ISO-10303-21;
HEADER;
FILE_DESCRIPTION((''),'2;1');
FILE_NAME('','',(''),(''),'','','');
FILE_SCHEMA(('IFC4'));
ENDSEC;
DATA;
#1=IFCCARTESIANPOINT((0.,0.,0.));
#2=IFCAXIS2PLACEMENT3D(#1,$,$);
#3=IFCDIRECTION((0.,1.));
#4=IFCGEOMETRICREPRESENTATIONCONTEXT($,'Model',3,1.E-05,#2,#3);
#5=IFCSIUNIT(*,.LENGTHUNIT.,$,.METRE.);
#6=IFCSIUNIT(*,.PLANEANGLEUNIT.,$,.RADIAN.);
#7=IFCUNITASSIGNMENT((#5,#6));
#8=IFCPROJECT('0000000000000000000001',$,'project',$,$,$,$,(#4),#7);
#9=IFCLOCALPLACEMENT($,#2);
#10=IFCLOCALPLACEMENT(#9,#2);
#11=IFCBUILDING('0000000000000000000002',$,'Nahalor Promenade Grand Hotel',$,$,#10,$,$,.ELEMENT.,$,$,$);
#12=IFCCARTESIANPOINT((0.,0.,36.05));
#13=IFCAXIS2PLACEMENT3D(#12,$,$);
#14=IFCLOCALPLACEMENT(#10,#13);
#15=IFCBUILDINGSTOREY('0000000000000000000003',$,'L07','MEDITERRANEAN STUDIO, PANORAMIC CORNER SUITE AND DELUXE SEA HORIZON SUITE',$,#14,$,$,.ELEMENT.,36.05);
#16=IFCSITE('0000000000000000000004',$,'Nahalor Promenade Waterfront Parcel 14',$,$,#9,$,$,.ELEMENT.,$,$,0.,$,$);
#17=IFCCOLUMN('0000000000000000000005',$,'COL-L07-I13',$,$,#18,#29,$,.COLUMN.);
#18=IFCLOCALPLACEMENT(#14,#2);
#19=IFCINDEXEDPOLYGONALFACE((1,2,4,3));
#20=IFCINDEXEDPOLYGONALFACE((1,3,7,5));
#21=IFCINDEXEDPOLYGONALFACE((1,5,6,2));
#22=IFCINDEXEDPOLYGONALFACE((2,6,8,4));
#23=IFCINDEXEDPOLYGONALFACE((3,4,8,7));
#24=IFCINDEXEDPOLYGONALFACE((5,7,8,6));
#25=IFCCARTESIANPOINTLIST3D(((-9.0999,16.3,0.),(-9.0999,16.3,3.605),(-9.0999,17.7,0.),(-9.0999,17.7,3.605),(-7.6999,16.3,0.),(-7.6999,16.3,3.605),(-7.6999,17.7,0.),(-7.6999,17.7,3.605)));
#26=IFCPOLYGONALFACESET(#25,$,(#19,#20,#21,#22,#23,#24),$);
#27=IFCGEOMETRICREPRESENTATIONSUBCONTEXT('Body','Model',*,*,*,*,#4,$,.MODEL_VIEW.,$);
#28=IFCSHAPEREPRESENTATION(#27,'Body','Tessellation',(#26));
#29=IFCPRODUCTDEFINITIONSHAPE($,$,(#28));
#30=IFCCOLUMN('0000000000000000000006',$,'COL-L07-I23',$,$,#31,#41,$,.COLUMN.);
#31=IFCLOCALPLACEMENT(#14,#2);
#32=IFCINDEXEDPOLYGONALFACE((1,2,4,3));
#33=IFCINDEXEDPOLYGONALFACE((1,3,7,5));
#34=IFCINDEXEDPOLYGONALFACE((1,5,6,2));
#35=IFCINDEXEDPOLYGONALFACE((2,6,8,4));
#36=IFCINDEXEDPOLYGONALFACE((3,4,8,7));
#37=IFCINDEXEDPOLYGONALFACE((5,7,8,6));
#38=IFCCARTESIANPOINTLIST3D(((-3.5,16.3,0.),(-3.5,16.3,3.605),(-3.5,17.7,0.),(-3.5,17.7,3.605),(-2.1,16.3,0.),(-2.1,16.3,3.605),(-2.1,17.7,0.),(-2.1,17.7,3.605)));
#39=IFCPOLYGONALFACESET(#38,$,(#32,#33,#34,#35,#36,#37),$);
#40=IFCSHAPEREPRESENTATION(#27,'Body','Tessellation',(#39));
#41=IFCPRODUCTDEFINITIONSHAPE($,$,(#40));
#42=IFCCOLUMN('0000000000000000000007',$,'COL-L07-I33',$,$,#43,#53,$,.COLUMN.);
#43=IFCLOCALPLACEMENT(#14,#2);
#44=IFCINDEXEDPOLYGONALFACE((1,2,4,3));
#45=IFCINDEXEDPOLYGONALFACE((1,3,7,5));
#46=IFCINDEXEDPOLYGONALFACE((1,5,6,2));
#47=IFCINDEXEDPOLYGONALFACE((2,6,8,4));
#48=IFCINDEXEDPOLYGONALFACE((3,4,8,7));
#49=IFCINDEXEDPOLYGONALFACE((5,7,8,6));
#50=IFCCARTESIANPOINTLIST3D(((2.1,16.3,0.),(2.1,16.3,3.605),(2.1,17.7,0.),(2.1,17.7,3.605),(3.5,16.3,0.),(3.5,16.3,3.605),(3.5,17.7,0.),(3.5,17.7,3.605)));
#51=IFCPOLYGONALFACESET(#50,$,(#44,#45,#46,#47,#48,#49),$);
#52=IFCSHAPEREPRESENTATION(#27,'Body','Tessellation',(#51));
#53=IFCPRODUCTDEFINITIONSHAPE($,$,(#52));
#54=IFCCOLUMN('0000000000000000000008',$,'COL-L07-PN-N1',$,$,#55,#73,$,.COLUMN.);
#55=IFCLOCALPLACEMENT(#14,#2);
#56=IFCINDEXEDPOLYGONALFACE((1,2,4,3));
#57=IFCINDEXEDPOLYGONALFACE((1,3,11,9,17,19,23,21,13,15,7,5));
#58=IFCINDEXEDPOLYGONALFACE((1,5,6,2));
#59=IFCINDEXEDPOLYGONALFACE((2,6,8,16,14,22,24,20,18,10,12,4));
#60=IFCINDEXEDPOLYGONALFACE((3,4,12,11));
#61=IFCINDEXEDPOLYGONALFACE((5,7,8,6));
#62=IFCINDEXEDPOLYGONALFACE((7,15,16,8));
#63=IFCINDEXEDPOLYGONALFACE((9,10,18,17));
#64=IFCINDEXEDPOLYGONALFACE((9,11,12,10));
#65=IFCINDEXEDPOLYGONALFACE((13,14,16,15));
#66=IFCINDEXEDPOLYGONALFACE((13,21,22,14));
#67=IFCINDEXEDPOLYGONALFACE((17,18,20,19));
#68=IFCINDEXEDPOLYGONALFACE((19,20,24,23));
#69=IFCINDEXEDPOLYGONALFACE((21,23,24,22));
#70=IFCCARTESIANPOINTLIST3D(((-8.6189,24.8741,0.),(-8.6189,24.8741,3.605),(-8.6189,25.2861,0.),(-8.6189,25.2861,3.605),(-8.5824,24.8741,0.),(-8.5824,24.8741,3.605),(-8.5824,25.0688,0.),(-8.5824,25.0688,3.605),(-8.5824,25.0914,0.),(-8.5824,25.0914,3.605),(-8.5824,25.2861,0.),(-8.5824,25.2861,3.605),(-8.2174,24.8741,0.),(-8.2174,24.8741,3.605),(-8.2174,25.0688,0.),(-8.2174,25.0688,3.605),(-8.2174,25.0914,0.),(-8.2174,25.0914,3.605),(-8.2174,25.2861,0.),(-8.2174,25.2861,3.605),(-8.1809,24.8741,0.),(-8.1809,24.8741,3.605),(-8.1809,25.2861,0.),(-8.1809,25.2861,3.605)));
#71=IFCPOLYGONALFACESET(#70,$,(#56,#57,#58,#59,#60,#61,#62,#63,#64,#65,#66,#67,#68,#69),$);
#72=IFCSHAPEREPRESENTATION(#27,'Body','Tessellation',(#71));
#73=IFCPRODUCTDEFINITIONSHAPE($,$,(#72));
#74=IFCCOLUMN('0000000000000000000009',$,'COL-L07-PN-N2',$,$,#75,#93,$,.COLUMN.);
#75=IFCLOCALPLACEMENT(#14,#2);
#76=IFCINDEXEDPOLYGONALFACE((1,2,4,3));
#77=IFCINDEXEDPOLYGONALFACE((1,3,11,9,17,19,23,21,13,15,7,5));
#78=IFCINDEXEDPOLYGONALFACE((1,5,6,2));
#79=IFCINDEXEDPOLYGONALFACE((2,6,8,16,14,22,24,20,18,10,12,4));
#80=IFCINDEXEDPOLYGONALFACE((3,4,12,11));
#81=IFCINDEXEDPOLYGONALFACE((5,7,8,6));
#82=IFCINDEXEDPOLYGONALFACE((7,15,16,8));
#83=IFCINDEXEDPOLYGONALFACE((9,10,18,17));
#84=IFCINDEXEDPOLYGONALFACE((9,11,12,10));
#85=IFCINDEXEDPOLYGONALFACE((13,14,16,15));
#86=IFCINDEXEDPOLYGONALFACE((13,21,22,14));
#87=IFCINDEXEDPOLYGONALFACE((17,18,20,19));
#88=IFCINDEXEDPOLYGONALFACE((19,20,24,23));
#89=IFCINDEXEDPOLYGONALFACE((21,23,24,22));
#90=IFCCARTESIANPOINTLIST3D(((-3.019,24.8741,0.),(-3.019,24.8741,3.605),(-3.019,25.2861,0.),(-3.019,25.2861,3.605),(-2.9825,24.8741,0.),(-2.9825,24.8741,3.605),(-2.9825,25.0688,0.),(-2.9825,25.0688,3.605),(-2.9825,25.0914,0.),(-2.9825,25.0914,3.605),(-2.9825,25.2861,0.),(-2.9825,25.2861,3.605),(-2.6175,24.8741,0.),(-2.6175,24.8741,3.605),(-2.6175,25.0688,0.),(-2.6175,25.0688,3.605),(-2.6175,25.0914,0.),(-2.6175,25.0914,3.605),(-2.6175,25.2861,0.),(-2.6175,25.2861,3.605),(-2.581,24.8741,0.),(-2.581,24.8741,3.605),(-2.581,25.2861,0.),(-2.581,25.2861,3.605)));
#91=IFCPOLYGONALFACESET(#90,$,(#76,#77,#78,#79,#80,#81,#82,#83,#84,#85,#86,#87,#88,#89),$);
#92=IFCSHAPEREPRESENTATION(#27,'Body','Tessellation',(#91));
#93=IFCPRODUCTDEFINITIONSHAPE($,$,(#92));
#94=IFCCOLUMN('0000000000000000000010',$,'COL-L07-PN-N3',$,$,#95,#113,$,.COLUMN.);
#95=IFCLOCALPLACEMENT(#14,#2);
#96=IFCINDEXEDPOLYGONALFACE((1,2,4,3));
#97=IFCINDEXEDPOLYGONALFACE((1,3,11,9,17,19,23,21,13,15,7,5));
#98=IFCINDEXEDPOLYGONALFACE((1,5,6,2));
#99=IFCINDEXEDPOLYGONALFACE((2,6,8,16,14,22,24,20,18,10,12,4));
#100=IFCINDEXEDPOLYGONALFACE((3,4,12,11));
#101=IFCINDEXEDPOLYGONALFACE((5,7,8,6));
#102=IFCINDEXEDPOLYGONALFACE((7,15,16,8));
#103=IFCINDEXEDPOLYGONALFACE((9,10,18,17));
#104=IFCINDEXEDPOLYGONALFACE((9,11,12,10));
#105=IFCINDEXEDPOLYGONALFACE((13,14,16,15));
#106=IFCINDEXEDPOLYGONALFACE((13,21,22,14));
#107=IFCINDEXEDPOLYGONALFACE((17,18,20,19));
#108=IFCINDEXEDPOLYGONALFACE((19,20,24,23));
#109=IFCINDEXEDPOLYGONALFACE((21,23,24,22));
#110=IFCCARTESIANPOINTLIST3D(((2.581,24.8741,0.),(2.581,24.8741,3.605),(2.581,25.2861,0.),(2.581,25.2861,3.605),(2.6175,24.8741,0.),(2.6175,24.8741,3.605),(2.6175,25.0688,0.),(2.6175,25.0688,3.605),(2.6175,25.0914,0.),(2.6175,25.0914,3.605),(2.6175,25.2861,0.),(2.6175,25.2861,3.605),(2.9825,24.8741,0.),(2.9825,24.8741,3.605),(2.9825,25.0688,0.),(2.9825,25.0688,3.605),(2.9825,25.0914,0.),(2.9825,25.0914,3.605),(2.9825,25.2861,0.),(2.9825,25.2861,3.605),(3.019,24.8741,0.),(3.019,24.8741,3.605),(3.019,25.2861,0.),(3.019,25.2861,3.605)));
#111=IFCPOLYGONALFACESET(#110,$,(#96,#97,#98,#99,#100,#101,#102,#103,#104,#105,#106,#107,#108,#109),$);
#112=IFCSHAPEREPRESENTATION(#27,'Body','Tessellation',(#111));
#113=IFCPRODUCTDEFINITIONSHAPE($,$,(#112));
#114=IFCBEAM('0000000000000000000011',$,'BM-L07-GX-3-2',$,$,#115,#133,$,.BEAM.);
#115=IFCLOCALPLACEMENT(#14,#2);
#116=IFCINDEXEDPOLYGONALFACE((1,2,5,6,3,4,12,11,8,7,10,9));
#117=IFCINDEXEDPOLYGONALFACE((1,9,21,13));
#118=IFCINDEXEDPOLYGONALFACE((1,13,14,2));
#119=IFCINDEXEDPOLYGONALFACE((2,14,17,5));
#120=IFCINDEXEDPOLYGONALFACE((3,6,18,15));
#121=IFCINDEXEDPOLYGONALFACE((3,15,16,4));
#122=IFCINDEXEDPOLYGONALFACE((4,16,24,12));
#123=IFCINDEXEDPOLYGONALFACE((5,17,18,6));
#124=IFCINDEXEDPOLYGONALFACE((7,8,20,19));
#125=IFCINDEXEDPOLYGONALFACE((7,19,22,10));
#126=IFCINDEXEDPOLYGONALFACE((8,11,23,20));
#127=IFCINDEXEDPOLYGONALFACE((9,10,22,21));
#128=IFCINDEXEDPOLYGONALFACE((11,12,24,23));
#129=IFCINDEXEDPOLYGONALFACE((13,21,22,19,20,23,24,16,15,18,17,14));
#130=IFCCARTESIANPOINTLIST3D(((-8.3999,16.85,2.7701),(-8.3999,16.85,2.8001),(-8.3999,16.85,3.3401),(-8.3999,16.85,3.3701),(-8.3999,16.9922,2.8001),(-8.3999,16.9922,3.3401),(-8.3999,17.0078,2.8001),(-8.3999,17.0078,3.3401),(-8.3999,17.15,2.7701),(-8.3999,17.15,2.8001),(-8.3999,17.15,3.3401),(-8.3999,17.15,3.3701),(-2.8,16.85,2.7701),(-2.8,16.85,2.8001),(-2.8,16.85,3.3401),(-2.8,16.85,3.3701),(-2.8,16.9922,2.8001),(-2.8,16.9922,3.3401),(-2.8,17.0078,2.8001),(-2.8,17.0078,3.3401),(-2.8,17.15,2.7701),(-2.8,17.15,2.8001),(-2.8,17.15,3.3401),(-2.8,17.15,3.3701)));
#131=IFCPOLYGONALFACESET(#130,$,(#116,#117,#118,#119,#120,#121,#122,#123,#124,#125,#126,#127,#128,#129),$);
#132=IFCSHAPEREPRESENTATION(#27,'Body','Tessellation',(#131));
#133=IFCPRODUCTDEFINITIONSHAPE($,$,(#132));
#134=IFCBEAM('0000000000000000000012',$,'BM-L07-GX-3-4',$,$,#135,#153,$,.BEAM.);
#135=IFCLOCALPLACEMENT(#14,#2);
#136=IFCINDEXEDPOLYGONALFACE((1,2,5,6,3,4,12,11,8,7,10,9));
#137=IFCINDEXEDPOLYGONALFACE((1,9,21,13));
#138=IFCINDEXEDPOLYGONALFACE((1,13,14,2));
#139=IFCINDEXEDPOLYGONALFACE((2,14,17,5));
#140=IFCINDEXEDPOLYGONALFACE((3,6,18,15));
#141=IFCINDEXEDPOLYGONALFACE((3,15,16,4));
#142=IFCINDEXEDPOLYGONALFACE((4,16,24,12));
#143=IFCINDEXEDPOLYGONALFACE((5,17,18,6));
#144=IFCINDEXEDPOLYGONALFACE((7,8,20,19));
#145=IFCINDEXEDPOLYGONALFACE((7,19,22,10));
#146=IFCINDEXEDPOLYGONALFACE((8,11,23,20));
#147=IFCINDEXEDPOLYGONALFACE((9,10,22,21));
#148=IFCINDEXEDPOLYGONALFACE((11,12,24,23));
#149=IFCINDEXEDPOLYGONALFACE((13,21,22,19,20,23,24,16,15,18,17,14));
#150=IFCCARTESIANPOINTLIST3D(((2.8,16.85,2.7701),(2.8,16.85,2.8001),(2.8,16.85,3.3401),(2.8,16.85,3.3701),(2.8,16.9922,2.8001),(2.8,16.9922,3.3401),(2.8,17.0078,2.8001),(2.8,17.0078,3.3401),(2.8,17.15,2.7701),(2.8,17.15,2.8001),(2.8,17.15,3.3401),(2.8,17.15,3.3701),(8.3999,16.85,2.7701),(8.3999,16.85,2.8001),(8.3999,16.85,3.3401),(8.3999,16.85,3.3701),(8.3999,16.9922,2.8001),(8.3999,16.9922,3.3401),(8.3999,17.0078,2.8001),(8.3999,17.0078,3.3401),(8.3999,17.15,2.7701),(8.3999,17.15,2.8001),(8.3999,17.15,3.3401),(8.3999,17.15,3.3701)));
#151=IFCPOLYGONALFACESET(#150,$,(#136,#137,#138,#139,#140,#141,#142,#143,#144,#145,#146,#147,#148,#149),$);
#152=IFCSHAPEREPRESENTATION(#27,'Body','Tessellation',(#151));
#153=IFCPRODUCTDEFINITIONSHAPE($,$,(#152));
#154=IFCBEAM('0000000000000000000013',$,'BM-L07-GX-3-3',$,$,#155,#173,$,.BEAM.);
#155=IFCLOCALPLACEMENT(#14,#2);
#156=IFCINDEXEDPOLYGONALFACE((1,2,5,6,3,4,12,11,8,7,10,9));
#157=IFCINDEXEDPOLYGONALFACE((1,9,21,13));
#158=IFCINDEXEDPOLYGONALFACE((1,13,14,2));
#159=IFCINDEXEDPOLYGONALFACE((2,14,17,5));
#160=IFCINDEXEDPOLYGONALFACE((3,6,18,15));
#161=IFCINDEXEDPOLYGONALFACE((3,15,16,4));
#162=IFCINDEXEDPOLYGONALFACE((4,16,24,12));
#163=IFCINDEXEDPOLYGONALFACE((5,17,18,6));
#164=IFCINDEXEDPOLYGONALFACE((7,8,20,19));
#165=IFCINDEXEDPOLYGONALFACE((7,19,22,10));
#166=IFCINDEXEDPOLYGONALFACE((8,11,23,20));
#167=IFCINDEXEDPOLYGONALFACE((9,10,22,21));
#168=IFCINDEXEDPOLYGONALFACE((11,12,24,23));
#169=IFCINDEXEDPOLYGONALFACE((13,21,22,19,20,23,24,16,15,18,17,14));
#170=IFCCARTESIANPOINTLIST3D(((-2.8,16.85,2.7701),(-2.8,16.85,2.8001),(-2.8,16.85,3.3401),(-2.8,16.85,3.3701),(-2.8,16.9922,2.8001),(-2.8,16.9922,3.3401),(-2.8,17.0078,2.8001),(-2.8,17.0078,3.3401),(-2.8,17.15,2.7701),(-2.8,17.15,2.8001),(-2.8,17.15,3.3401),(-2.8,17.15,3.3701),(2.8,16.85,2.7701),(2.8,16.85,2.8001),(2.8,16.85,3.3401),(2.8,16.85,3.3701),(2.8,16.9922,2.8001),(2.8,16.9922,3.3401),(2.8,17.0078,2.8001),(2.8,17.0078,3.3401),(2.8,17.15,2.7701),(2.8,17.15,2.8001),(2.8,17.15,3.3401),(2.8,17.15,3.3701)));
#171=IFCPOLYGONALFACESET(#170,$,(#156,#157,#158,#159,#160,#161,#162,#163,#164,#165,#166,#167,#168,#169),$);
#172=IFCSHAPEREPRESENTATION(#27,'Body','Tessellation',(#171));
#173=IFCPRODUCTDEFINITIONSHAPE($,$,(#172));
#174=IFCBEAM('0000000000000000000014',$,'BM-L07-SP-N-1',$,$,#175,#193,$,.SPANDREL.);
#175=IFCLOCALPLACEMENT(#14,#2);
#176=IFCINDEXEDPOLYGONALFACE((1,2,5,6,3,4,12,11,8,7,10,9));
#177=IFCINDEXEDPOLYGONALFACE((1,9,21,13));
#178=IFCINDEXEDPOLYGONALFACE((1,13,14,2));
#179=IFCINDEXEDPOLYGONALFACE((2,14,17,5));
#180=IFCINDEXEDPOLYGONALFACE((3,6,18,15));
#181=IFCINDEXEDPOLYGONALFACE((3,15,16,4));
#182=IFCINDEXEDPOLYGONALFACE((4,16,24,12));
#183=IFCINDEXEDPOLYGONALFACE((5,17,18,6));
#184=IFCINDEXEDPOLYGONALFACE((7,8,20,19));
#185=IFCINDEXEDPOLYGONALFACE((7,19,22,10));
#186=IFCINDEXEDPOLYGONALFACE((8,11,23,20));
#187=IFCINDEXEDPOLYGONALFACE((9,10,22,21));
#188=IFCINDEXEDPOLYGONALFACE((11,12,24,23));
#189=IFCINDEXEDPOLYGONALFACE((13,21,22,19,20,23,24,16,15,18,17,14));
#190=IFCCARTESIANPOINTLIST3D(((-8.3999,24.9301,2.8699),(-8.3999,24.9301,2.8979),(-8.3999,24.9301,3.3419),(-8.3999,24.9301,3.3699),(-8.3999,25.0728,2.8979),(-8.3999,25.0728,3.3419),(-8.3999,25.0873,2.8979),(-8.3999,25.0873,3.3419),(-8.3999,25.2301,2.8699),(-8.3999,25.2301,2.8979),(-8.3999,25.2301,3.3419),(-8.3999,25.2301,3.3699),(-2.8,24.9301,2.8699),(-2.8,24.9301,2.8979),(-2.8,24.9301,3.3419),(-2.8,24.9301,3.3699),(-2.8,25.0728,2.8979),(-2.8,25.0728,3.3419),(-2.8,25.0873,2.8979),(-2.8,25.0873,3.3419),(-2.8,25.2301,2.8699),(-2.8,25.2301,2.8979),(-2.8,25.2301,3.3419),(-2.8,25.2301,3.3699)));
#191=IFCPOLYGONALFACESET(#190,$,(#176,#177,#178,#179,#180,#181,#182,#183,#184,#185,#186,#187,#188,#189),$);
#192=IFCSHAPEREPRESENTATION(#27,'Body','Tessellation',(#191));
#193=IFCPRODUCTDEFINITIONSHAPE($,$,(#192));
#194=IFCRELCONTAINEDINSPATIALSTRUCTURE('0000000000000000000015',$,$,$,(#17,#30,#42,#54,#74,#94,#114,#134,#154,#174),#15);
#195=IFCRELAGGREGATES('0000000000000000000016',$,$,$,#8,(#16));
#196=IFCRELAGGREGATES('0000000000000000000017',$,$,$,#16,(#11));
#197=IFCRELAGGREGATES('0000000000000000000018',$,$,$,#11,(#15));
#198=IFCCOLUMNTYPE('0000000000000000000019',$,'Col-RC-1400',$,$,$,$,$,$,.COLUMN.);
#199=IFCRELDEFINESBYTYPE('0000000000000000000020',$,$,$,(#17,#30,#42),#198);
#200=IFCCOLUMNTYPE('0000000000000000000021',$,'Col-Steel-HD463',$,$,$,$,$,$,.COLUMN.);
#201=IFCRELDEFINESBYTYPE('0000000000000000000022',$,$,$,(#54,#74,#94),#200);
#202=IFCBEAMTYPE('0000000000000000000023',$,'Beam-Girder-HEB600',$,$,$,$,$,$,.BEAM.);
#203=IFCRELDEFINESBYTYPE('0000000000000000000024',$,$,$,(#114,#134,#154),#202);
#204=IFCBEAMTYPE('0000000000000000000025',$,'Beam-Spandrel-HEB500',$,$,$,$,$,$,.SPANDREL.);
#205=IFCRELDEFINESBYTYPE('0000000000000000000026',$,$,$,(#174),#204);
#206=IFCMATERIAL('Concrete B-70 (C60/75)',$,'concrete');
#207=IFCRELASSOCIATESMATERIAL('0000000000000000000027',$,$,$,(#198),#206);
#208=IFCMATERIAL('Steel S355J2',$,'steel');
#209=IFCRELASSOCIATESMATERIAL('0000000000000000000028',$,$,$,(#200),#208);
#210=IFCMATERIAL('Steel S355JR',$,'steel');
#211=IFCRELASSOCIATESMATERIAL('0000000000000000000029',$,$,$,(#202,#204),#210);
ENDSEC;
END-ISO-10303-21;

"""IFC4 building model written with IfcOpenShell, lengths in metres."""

from ifc_helpers import new_model, si_unit, direction, frame, origin, origin_2d, place, context, subcontext, project, spatial, rectangle, i_section, extrude, source, transform, mapped, material, material_profile, profile_set, type_object, element, save


model = new_model("IFC4")

# Units and contexts
model_context = context("Model", 3, precision=1e-05, world=origin(), true_north=direction((0.0, 1.0)))
body_context = subcontext(model_context, "Body", "Model", "MODEL_VIEW")
ifc_project = project(units=[si_unit("LENGTHUNIT", "METRE"), si_unit("PLANEANGLEUNIT", "RADIAN")], contexts=[model_context])

# Site, building, storey
site_placement = place(None, origin())
site = spatial("IfcSite", under=ifc_project, at=site_placement, Name="Nahalor Promenade Waterfront Parcel 14", CompositionType="ELEMENT", RefElevation=0.0)
building_placement = place(site_placement, origin())
building = spatial("IfcBuilding", under=site, at=building_placement, Name="Nahalor Promenade Grand Hotel", CompositionType="ELEMENT")
storey_placement = place(building_placement, frame((0.0, 0.0, 36.05)))
storey = spatial("IfcBuildingStorey", under=building, at=storey_placement, Name="L07", Description="MEDITERRANEAN STUDIO, PANORAMIC CORNER SUITE AND DELUXE SEA HORIZON SUITE", CompositionType="ELEMENT", Elevation=36.05)

# Columns
ifc_material_1 = material(Name="Concrete B-70 (C60/75)", Category="concrete")
ifc_material_profile_1 = material_profile(ifc_material_1, rectangle(XDim=1.4, YDim=1.4, at=origin_2d()), Name="RC 1400x1400")
ifc_profile_set_1 = profile_set([ifc_material_profile_1], Name="Concrete B-70 (C60/75)")
column_type_1 = type_object("IfcColumnType", Name="Col-RC-1400", PredefinedType="COLUMN", material=ifc_profile_set_1)
shared_shape_1 = source(origin(), body_context, "Body", "SweptSolid", [
    extrude(rectangle(XDim=1.4, YDim=1.4, at=origin_2d()), origin(), (0.0, 0.0, 1.0), 3.605),
])
for number, where, z_axis, x_axis, name in (
    (1, (-8.3999, 17.0, 0.0), (0.0, 0.0, 1.0), (1.0, 0.0, 0.0), "COL-L07-I13"),
    (2, (-2.8, 17.0, 0.0), (0.0, 0.0, 1.0), (1.0, 0.0, 0.0), "COL-L07-I23"),
    (3, (2.8, 17.0, 0.0), (0.0, 0.0, 1.0), (1.0, 0.0, 0.0), "COL-L07-I33"),
):
    element("IfcColumn", number, at=place(storey_placement, frame(where, z_axis=z_axis, x_axis=x_axis)), inside=storey, type_object=column_type_1, Name=name, PredefinedType="COLUMN", context=body_context, shape_type="MappedRepresentation", body=[
        mapped(shared_shape_1, transform((0.0, 0.0, 0.0), scale=1.0)),
    ])
ifc_material_2 = material(Name="Steel S355J2", Category="steel")
ifc_material_profile_2 = material_profile(ifc_material_2, i_section(OverallWidth=0.412, OverallDepth=0.438, WebThickness=0.0226, FlangeThickness=0.0365, at=origin_2d()), Name="HD 400x463")
ifc_profile_set_2 = profile_set([ifc_material_profile_2], Name="Steel S355J2")
column_type_2 = type_object("IfcColumnType", Name="Col-Steel-HD463", PredefinedType="COLUMN", material=ifc_profile_set_2)
shared_shape_2 = source(origin(), body_context, "Body", "SweptSolid", [
    extrude(i_section(OverallWidth=0.412, OverallDepth=0.438, WebThickness=0.0226, FlangeThickness=0.0365, at=origin_2d()), origin(), (0.0, 0.0, 1.0), 3.605),
])
for number, where, z_axis, x_axis, name in (
    (4, (-8.3999, 25.0801, 0.0), (0.0, 0.0, 1.0), (0.0, 1.0, 0.0), "COL-L07-PN-N1"),
    (5, (-2.8, 25.0801, 0.0), (0.0, 0.0, 1.0), (0.0, 1.0, 0.0), "COL-L07-PN-N2"),
    (6, (2.8, 25.0801, 0.0), (0.0, 0.0, 1.0), (0.0, 1.0, 0.0), "COL-L07-PN-N3"),
):
    element("IfcColumn", number, at=place(storey_placement, frame(where, z_axis=z_axis, x_axis=x_axis)), inside=storey, type_object=column_type_2, Name=name, PredefinedType="COLUMN", context=body_context, shape_type="MappedRepresentation", body=[
        mapped(shared_shape_2, transform((0.0, 0.0, 0.0), scale=1.0)),
    ])

# Beams
ifc_material_3 = material(Name="Steel S355JR", Category="steel")
ifc_material_profile_3 = material_profile(ifc_material_3, i_section(OverallWidth=0.3, OverallDepth=0.6, WebThickness=0.0155, FlangeThickness=0.03, at=origin_2d()), Name="HEB 600")
ifc_profile_set_3 = profile_set([ifc_material_profile_3], Name="Steel S355JR")
beam_type_1 = type_object("IfcBeamType", Name="Beam-Girder-HEB600", PredefinedType="BEAM", material=ifc_profile_set_3)
shared_shape_3 = source(origin(), body_context, "Body", "SweptSolid", [
    extrude(i_section(OverallWidth=0.3, OverallDepth=0.6, WebThickness=0.0155, FlangeThickness=0.03, at=origin_2d()), origin(), (0.0, 0.0, 1.0), 5.5999),
])
for number, where, z_axis, x_axis, name in (
    (7, (-8.3999, 17.0, 3.0701), (1.0, 0.0, 0.0), (0.0, 1.0, 0.0), "BM-L07-GX-3-2"),
    (8, (2.8, 17.0, 3.0701), (1.0, 0.0, 0.0), (0.0, 1.0, 0.0), "BM-L07-GX-3-4"),
):
    element("IfcBeam", number, at=place(storey_placement, frame(where, z_axis=z_axis, x_axis=x_axis)), inside=storey, type_object=beam_type_1, Name=name, PredefinedType="BEAM", context=body_context, shape_type="MappedRepresentation", body=[
        mapped(shared_shape_3, transform((0.0, 0.0, 0.0), scale=1.0)),
    ])
shared_shape_4 = source(origin(), body_context, "Body", "SweptSolid", [
    extrude(i_section(OverallWidth=0.3, OverallDepth=0.6, WebThickness=0.0155, FlangeThickness=0.03, at=origin_2d()), origin(), (0.0, 0.0, 1.0), 5.6001),
])
beam_1_placement = place(storey_placement, frame((-2.8, 17.0, 3.0701), z_axis=(1.0, 0.0, 0.0), x_axis=(0.0, 1.0, 0.0)))
element("IfcBeam", 9, at=beam_1_placement, inside=storey, type_object=beam_type_1, Name="BM-L07-GX-3-3", PredefinedType="BEAM", context=body_context, shape_type="MappedRepresentation", body=[
    mapped(shared_shape_4, transform((0.0, 0.0, 0.0), scale=1.0)),
])
ifc_material_profile_4 = material_profile(ifc_material_3, i_section(OverallWidth=0.3, OverallDepth=0.5, WebThickness=0.0145, FlangeThickness=0.028, at=origin_2d()), Name="HEB 500")
ifc_profile_set_4 = profile_set([ifc_material_profile_4], Name="Steel S355JR")
beam_type_2 = type_object("IfcBeamType", Name="Beam-Spandrel-HEB500", PredefinedType="SPANDREL", material=ifc_profile_set_4)
shared_shape_5 = source(origin(), body_context, "Body", "SweptSolid", [
    extrude(i_section(OverallWidth=0.3, OverallDepth=0.5, WebThickness=0.0145, FlangeThickness=0.028, at=origin_2d()), origin(), (0.0, 0.0, 1.0), 5.5999),
])
beam_2_placement = place(storey_placement, frame((-8.3999, 25.0801, 3.1199), z_axis=(1.0, 0.0, 0.0), x_axis=(0.0, 1.0, 0.0)))
element("IfcBeam", 10, at=beam_2_placement, inside=storey, type_object=beam_type_2, Name="BM-L07-SP-N-1", PredefinedType="SPANDREL", context=body_context, shape_type="MappedRepresentation", body=[
    mapped(shared_shape_5, transform((0.0, 0.0, 0.0), scale=1.0)),
])

save(model, "model.ifc")
